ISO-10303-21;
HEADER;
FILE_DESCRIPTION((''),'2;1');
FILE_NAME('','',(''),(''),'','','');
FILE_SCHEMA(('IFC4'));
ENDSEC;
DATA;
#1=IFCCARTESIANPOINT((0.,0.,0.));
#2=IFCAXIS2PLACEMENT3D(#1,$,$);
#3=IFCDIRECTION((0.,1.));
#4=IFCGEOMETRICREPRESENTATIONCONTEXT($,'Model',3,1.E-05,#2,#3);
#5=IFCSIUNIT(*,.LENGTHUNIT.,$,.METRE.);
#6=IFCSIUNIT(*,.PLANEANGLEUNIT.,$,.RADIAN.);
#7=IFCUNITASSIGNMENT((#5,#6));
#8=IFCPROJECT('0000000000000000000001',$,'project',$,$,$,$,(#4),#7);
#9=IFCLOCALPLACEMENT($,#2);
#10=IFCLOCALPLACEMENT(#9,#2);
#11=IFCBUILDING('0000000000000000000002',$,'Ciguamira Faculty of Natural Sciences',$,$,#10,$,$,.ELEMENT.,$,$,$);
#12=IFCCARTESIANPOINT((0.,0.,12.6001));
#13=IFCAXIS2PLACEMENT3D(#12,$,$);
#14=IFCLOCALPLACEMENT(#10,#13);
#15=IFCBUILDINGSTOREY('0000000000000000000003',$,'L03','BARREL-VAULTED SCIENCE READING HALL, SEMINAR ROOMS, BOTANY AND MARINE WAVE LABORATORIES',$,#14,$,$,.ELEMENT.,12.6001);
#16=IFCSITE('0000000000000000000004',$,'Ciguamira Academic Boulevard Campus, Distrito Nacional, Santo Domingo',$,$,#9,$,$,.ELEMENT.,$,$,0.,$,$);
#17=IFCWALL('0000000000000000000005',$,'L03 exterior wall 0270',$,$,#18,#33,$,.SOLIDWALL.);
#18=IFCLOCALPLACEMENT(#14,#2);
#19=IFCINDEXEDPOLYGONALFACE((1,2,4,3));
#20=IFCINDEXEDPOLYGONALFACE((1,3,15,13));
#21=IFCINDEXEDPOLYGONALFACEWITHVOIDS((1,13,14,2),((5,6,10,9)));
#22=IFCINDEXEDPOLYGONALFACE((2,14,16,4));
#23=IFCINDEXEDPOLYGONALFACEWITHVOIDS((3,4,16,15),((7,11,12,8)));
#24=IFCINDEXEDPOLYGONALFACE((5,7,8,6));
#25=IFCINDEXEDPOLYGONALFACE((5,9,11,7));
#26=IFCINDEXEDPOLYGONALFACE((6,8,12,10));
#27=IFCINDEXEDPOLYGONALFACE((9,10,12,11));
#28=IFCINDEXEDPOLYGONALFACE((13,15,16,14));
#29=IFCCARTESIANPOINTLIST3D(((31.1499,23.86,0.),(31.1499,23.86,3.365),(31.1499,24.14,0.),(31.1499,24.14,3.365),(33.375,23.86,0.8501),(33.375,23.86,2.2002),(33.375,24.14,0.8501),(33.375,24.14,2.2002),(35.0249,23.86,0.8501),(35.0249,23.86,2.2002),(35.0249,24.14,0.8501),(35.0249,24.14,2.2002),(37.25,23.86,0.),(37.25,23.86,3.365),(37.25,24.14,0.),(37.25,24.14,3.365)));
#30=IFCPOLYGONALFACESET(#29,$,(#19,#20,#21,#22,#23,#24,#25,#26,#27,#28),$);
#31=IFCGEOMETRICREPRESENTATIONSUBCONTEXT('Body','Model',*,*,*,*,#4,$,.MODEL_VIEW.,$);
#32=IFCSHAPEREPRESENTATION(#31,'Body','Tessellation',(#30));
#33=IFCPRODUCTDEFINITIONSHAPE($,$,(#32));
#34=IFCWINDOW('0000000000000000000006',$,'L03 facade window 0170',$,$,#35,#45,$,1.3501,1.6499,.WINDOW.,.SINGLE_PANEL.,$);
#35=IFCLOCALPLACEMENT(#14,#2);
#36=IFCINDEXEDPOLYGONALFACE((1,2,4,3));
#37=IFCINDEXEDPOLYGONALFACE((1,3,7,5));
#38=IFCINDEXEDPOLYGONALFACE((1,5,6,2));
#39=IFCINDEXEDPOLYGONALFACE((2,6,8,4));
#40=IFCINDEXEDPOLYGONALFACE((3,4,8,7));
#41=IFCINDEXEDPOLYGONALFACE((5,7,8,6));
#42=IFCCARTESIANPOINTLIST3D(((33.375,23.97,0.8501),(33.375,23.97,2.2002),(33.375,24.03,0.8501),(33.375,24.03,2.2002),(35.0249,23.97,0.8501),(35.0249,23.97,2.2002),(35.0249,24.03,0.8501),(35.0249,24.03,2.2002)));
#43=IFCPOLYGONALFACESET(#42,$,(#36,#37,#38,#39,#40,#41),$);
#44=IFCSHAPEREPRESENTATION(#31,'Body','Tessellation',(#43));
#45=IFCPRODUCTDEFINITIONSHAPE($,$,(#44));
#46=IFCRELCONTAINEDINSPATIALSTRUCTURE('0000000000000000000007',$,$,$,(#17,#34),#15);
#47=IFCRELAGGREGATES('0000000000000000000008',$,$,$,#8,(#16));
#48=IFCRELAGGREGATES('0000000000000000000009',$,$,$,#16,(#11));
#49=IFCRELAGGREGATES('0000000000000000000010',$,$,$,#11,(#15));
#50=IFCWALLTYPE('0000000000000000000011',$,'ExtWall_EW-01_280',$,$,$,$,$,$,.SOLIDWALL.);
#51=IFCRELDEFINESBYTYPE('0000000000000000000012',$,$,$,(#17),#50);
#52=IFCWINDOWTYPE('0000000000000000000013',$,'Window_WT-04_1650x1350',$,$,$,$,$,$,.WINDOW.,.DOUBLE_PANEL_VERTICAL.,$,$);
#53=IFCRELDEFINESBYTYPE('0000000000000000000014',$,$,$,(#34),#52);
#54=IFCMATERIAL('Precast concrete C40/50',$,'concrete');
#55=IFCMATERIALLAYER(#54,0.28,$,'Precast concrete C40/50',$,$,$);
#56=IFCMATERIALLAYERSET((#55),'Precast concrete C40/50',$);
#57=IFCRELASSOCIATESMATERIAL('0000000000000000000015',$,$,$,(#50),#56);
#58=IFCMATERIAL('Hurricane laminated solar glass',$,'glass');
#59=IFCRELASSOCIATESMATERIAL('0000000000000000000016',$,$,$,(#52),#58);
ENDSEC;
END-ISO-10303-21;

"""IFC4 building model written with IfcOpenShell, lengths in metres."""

from ifc_helpers import new_model, si_unit, direction, frame, frame_2d, origin, place, context, subcontext, project, spatial, rectangle, extrude, material, layer, layer_set, type_object, element, fill, save


model = new_model("IFC4")

# Units and contexts
model_context = context("Model", 3, precision=1e-05, world=origin(), true_north=direction((0.0, 1.0)))
body_context = subcontext(model_context, "Body", "Model", "MODEL_VIEW")
ifc_project = project(units=[si_unit("LENGTHUNIT", "METRE"), si_unit("PLANEANGLEUNIT", "RADIAN")], contexts=[model_context])

# Site, building, storey
site_placement = place(None, origin())
site = spatial("IfcSite", under=ifc_project, at=site_placement, Name="Ciguamira Academic Boulevard Campus, Distrito Nacional, Santo Domingo", CompositionType="ELEMENT", RefElevation=0.0)
building_placement = place(site_placement, origin())
building = spatial("IfcBuilding", under=site, at=building_placement, Name="Ciguamira Faculty of Natural Sciences", CompositionType="ELEMENT")
storey_placement = place(building_placement, frame((0.0, 0.0, 12.6001)))
storey = spatial("IfcBuildingStorey", under=building, at=storey_placement, Name="L03", Description="BARREL-VAULTED SCIENCE READING HALL, SEMINAR ROOMS, BOTANY AND MARINE WAVE LABORATORIES", CompositionType="ELEMENT", Elevation=12.6001)

# Shared definitions
ifc_material_1 = material(Name="Precast concrete C40/50", Category="concrete")
ifc_layer = layer(ifc_material_1, 0.28, Name="Precast concrete C40/50")
ifc_layer_set = layer_set([ifc_layer], Name="Precast concrete C40/50")
wall_type = type_object("IfcWallType", Name="ExtWall_EW-01_280", PredefinedType="SOLIDWALL", material=ifc_layer_set)
ifc_material_2 = material(Name="Hurricane laminated solar glass", Category="glass")

# Wall, opening, window
wall_1_placement = place(storey_placement, frame((31.1499, 24.0, 0.0), z_axis=(0.0, 0.0, 1.0), x_axis=(1.0, 0.0, 0.0)))
wall_1 = element("IfcWall", 1, at=wall_1_placement, inside=storey, type_object=wall_type, Name="L03 exterior wall 0270", PredefinedType="SOLIDWALL", context=body_context, shape_type="SweptSolid", body=[
    extrude(rectangle(XDim=6.1001, YDim=0.28, at=frame_2d((3.05, 0.0))), origin(), (0.0, 0.0, 1.0), 3.365),
])
opening_1_placement = place(wall_1_placement, frame((2.2251, 0.0, 0.8501)))
opening_1 = element("IfcOpeningElement", 2, at=opening_1_placement, cuts=wall_1, PredefinedType="OPENING", context=body_context, shape_type="SweptSolid", body=[
    extrude(rectangle(XDim=1.6499, YDim=1.3501, at=frame_2d((0.825, 0.675))), frame((0.0, 0.1499, 0.0), z_axis=(0.0, -1.0, 0.0), x_axis=(1.0, 0.0, 0.0)), (0.0, 0.0, 1.0), 0.3),
])
window_type_1 = type_object("IfcWindowType", Name="Window_WT-04_1650x1350", PartitioningType="DOUBLE_PANEL_VERTICAL", PredefinedType="WINDOW", material=ifc_material_2)
window_1_placement = place(opening_1_placement, origin())
window_1 = element("IfcWindow", 3, at=window_1_placement, inside=storey, type_object=window_type_1, Name="L03 facade window 0170", OverallHeight=1.3501, OverallWidth=1.6499, PartitioningType="SINGLE_PANEL", PredefinedType="WINDOW", context=body_context, shape_type="SweptSolid", body=[
    extrude(rectangle(XDim=1.6499, YDim=1.3501, at=frame_2d((0.825, 0.675))), frame((0.0, 0.03, 0.0), z_axis=(0.0, -1.0, 0.0), x_axis=(1.0, 0.0, 0.0)), (0.0, 0.0, 1.0), 0.0601),
])
fill(opening_1, window_1)

save(model, "model.ifc")
